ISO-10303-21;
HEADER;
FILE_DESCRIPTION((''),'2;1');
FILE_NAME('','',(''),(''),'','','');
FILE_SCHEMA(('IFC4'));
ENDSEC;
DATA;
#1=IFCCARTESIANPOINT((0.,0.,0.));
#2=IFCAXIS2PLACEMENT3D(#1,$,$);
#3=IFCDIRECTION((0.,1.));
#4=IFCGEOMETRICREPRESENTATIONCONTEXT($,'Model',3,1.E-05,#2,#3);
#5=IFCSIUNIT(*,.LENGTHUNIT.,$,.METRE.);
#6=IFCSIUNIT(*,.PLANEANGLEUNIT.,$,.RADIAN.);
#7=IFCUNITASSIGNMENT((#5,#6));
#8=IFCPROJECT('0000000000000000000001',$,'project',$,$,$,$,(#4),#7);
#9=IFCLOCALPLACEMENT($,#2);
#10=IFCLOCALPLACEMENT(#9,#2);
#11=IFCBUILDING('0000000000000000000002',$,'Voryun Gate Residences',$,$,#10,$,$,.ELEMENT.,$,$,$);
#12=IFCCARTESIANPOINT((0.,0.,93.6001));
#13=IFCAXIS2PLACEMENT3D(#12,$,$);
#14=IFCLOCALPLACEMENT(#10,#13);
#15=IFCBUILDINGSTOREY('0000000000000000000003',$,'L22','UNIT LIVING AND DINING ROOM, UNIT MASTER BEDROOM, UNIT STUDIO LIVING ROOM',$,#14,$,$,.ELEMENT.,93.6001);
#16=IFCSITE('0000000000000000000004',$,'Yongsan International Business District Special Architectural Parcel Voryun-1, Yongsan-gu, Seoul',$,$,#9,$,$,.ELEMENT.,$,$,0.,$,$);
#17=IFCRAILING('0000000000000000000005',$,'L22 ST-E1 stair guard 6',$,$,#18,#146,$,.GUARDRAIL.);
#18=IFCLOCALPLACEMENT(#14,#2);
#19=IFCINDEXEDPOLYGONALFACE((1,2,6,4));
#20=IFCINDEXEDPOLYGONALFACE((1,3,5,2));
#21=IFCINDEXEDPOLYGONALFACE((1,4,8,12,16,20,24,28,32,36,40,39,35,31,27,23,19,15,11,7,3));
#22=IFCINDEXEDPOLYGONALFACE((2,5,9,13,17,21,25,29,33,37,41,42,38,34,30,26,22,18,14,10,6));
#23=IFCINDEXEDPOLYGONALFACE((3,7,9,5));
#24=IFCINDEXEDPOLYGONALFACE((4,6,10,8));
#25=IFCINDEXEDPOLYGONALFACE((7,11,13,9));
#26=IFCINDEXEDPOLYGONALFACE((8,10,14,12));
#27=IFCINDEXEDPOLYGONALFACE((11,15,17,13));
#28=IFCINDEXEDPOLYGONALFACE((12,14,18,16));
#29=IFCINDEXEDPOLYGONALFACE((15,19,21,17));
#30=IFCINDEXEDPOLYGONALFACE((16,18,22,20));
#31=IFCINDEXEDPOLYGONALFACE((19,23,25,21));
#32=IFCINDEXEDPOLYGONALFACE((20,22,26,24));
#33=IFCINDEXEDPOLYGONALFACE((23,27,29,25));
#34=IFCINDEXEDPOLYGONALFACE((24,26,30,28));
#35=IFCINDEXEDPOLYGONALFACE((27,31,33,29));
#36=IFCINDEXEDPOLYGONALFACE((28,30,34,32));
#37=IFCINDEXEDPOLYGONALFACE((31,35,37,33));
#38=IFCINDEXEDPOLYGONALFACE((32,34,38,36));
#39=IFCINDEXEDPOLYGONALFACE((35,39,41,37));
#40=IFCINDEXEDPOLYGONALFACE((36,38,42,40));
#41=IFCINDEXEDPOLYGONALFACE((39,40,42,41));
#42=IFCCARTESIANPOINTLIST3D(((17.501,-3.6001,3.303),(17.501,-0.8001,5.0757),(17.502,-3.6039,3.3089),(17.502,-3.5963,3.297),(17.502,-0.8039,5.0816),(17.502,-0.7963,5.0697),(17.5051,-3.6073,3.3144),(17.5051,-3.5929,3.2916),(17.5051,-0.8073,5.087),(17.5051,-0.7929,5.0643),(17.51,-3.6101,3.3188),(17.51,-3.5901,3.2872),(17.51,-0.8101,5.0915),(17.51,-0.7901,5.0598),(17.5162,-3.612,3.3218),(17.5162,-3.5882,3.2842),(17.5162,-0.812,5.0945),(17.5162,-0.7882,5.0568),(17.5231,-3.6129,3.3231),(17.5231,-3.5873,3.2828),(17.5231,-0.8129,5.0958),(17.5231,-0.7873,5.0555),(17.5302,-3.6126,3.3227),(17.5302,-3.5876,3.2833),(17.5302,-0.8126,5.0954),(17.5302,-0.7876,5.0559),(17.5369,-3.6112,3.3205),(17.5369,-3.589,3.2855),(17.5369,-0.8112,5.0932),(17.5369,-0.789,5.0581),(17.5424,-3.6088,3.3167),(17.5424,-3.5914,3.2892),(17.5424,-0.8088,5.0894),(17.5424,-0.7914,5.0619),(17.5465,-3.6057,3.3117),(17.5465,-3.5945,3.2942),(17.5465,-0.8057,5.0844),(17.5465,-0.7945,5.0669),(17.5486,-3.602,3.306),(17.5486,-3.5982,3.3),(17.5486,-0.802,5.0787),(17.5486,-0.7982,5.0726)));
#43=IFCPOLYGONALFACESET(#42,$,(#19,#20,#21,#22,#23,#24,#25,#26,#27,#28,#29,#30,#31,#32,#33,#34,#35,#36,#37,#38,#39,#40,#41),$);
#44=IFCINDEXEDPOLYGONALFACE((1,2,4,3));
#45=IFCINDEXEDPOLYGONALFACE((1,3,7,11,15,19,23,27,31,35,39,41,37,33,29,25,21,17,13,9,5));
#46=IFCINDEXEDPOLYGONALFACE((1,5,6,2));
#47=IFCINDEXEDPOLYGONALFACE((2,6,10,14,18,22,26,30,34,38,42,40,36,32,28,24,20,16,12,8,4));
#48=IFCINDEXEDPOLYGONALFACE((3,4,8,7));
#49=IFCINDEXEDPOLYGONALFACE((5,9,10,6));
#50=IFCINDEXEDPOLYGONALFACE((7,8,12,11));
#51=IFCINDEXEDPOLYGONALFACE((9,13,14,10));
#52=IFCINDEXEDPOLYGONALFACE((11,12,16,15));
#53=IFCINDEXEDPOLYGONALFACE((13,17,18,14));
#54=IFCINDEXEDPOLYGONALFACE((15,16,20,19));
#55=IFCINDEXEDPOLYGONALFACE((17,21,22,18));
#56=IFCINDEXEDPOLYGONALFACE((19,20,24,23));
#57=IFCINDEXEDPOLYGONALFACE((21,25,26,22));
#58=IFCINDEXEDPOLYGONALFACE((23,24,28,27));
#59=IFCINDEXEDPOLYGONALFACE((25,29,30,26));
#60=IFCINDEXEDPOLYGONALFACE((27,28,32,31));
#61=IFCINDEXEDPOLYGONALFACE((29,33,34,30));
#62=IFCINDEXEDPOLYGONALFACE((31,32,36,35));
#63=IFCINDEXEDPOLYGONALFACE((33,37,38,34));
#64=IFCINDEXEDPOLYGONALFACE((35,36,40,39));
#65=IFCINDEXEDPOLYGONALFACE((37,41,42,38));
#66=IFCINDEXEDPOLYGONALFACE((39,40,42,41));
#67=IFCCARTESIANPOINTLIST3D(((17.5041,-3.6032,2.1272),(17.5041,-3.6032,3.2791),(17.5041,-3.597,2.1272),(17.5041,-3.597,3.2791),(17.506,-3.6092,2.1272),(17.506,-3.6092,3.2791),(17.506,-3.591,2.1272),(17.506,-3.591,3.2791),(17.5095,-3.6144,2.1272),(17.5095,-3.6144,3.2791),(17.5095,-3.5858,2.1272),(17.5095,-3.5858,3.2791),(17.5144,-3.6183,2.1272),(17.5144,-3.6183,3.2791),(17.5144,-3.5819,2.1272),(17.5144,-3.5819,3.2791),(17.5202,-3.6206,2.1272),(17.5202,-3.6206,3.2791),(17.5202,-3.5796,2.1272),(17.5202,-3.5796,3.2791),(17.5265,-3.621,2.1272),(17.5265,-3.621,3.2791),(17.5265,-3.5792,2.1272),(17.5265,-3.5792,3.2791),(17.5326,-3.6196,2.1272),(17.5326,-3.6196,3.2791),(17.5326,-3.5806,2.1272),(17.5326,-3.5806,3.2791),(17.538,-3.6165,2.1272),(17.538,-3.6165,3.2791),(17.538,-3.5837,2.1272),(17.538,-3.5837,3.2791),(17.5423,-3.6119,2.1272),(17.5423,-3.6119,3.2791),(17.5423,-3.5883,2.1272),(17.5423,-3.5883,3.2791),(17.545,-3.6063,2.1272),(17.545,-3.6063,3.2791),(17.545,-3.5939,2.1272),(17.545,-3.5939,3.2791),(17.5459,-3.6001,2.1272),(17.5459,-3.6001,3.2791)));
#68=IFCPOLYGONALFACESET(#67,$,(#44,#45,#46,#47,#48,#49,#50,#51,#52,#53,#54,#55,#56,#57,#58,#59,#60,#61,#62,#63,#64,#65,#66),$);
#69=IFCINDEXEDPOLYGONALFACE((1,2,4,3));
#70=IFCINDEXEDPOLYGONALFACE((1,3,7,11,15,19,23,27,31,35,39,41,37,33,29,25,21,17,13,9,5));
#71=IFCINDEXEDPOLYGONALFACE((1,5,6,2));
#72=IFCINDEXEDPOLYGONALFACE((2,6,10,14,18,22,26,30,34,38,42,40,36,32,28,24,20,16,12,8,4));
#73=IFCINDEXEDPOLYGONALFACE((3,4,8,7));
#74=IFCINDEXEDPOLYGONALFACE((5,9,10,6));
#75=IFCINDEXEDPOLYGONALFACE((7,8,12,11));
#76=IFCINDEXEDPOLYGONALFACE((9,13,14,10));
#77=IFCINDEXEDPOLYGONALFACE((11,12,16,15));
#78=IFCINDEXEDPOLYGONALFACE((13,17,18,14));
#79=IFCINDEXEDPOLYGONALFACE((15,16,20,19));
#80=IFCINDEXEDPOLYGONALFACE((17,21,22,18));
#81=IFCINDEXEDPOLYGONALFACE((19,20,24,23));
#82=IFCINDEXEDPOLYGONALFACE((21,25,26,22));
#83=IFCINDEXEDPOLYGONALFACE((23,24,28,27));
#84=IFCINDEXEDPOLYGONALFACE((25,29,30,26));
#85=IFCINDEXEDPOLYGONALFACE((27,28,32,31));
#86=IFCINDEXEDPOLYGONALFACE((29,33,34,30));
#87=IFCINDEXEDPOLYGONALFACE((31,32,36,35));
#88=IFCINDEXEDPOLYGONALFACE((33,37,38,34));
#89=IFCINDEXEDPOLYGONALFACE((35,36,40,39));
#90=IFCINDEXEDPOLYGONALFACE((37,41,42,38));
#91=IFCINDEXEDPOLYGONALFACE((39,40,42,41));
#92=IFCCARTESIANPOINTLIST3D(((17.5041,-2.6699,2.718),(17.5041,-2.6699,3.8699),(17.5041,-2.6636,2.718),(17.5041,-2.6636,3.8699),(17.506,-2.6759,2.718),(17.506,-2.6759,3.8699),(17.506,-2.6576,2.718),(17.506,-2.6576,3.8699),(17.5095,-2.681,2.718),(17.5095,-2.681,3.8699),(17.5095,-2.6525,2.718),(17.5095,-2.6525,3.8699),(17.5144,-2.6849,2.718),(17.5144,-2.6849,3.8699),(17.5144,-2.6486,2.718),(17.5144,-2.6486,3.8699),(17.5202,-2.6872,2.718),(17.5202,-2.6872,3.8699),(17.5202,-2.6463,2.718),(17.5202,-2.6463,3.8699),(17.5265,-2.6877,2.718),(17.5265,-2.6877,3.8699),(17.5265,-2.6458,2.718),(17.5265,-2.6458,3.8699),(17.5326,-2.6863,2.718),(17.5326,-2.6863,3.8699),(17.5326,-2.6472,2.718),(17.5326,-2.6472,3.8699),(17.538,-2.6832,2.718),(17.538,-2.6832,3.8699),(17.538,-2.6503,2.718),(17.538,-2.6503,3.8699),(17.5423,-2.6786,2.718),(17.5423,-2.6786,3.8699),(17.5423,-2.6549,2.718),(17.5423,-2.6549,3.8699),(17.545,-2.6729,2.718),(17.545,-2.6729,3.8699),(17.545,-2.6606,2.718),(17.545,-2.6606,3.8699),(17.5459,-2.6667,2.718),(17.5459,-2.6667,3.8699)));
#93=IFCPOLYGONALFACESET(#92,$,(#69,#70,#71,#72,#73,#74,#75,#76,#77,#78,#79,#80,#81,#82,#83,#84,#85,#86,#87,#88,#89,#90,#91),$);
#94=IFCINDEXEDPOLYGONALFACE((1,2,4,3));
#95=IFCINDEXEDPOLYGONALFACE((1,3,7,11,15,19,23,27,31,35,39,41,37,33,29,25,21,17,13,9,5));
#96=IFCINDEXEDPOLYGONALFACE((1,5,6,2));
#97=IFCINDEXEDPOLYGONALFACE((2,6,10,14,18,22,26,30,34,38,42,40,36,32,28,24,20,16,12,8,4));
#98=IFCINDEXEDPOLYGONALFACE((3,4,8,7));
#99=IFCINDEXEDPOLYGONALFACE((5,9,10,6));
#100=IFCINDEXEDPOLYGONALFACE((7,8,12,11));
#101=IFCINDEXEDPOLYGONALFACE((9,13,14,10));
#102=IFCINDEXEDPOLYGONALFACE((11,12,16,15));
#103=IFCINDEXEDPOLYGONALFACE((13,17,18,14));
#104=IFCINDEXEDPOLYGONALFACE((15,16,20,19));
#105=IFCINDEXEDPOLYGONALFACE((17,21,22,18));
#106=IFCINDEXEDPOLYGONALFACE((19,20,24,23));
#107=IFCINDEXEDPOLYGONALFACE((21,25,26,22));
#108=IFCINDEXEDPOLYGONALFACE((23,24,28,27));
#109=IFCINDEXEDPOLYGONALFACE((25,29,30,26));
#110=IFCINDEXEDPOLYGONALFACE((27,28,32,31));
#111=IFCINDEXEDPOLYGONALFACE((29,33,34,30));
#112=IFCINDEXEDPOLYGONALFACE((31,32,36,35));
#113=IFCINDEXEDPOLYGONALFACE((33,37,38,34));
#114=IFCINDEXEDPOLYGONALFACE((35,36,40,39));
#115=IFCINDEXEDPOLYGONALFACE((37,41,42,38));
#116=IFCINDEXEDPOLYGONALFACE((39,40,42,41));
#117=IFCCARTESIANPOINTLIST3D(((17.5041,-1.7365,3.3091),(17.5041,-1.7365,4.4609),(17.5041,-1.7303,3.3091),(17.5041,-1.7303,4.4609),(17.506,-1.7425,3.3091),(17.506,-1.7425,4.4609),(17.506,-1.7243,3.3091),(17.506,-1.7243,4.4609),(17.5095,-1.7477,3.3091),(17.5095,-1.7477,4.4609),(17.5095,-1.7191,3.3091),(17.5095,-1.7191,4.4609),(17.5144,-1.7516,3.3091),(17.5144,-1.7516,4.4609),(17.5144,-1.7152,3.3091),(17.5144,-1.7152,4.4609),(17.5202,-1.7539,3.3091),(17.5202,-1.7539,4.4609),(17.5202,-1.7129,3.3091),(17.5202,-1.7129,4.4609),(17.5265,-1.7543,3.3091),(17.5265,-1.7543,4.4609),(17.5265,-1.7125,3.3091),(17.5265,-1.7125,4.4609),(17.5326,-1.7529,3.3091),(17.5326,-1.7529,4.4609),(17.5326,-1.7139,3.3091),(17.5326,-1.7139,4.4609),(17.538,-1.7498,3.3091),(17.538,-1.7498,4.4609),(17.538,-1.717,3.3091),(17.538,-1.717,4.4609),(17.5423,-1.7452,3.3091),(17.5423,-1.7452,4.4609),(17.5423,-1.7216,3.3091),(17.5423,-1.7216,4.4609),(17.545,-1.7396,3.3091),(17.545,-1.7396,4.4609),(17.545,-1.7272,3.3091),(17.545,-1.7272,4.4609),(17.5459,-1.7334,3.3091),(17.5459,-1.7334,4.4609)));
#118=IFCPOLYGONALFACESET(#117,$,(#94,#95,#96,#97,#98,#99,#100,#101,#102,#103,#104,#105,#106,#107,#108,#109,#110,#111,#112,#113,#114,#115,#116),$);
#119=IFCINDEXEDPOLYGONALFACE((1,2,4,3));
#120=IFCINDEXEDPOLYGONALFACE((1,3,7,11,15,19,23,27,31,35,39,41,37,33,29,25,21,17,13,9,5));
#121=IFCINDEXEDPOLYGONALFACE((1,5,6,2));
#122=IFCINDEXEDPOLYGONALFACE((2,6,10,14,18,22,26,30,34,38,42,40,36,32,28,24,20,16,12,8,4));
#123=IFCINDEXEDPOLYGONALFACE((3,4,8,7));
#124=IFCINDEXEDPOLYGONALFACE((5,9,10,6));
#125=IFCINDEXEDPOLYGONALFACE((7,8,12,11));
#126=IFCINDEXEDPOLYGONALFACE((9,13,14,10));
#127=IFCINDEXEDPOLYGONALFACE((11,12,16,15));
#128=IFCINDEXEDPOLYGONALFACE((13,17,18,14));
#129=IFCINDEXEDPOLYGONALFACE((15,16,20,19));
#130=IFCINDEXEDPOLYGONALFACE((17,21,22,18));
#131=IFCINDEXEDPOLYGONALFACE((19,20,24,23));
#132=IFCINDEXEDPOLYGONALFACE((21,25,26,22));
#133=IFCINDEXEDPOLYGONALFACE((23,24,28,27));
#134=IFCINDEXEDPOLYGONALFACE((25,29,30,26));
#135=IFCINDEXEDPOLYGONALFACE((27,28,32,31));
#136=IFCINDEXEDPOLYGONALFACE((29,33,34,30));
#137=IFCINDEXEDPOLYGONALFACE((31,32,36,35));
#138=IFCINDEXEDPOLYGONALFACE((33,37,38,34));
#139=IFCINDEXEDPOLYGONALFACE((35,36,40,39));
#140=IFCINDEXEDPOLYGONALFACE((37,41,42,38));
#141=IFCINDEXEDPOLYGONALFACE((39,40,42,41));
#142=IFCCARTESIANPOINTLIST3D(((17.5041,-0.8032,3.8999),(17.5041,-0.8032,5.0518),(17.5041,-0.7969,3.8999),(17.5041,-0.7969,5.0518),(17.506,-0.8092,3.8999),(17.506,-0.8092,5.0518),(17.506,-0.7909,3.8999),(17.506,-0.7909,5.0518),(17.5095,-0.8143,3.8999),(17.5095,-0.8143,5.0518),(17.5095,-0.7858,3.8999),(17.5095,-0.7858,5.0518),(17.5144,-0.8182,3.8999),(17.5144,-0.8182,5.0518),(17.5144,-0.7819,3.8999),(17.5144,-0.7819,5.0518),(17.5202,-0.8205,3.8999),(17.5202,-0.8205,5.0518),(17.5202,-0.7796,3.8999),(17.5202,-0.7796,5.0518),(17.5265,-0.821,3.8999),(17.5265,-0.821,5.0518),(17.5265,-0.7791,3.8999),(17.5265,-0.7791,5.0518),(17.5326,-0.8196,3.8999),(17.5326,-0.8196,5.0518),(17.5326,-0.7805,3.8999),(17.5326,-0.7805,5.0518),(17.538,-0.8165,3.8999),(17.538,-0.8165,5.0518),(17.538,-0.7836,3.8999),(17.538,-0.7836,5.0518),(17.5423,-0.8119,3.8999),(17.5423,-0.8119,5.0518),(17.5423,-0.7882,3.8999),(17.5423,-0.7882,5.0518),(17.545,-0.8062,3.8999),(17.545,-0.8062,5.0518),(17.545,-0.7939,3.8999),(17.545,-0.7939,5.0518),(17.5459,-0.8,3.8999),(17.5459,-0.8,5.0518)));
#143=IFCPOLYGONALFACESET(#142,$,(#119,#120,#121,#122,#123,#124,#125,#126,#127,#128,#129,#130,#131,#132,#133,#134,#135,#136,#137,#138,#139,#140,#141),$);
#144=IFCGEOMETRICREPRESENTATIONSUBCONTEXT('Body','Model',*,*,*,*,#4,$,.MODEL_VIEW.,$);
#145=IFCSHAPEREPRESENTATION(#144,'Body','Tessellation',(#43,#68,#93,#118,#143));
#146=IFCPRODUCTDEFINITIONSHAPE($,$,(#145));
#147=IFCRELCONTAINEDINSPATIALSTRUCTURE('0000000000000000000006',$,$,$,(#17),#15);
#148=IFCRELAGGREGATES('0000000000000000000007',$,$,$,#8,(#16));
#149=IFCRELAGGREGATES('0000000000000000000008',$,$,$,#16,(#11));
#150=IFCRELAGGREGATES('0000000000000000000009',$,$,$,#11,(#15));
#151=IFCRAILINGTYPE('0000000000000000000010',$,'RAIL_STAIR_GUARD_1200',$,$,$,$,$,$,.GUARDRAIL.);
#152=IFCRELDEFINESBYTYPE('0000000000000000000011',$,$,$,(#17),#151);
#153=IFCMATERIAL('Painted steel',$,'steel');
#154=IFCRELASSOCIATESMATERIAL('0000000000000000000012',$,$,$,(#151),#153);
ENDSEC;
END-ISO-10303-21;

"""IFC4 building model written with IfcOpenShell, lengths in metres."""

from ifc_helpers import new_model, si_unit, direction, frame, origin, origin_2d, place, context, subcontext, project, spatial, circle, extrude, material, type_object, element, save


model = new_model("IFC4")

# Units and contexts
model_context = context("Model", 3, precision=1e-05, world=origin(), true_north=direction((0.0, 1.0)))
body_context = subcontext(model_context, "Body", "Model", "MODEL_VIEW")
ifc_project = project(units=[si_unit("LENGTHUNIT", "METRE"), si_unit("PLANEANGLEUNIT", "RADIAN")], contexts=[model_context])

# Site, building, storey
site_placement = place(None, origin())
site = spatial("IfcSite", under=ifc_project, at=site_placement, Name="Yongsan International Business District Special Architectural Parcel Voryun-1, Yongsan-gu, Seoul", CompositionType="ELEMENT", RefElevation=0.0)
building_placement = place(site_placement, origin())
building = spatial("IfcBuilding", under=site, at=building_placement, Name="Voryun Gate Residences", CompositionType="ELEMENT")
storey_placement = place(building_placement, frame((0.0, 0.0, 93.6001)))
storey = spatial("IfcBuildingStorey", under=building, at=storey_placement, Name="L22", Description="UNIT LIVING AND DINING ROOM, UNIT MASTER BEDROOM, UNIT STUDIO LIVING ROOM", CompositionType="ELEMENT", Elevation=93.6001)

# Railing
ifc_material_1 = material(Name="Painted steel", Category="steel")
railing_type_1 = type_object("IfcRailingType", Name="RAIL_STAIR_GUARD_1200", PredefinedType="GUARDRAIL", material=ifc_material_1)
railing_1_placement = place(storey_placement, frame((17.5249, -3.6001, 2.1272)))
element("IfcRailing", 1, at=railing_1_placement, inside=storey, type_object=railing_type_1, Name="L22 ST-E1 stair guard 6", PredefinedType="GUARDRAIL", context=body_context, shape_type="SweptSolid", body=[
    extrude(circle(Radius=0.0239, at=origin_2d()), frame((0.0, 0.0, 1.1758), z_axis=(0.0, 0.844909, 0.53491), x_axis=(-1.0, 0.0, 0.0)), (0.0, 0.0, 1.0), 3.314),
    extrude(circle(Radius=0.021, at=origin_2d()), origin(), (0.0, 0.0, 1.0), 1.1519),
    extrude(circle(Radius=0.021, at=origin_2d()), frame((0.0, 0.9333, 0.5908)), (0.0, 0.0, 1.0), 1.1519),
    extrude(circle(Radius=0.021, at=origin_2d()), frame((0.0, 1.8667, 1.1819)), (0.0, 0.0, 1.0), 1.1519),
    extrude(circle(Radius=0.021, at=origin_2d()), frame((0.0, 2.8, 1.7727)), (0.0, 0.0, 1.0), 1.1519),
])

save(model, "model.ifc")
